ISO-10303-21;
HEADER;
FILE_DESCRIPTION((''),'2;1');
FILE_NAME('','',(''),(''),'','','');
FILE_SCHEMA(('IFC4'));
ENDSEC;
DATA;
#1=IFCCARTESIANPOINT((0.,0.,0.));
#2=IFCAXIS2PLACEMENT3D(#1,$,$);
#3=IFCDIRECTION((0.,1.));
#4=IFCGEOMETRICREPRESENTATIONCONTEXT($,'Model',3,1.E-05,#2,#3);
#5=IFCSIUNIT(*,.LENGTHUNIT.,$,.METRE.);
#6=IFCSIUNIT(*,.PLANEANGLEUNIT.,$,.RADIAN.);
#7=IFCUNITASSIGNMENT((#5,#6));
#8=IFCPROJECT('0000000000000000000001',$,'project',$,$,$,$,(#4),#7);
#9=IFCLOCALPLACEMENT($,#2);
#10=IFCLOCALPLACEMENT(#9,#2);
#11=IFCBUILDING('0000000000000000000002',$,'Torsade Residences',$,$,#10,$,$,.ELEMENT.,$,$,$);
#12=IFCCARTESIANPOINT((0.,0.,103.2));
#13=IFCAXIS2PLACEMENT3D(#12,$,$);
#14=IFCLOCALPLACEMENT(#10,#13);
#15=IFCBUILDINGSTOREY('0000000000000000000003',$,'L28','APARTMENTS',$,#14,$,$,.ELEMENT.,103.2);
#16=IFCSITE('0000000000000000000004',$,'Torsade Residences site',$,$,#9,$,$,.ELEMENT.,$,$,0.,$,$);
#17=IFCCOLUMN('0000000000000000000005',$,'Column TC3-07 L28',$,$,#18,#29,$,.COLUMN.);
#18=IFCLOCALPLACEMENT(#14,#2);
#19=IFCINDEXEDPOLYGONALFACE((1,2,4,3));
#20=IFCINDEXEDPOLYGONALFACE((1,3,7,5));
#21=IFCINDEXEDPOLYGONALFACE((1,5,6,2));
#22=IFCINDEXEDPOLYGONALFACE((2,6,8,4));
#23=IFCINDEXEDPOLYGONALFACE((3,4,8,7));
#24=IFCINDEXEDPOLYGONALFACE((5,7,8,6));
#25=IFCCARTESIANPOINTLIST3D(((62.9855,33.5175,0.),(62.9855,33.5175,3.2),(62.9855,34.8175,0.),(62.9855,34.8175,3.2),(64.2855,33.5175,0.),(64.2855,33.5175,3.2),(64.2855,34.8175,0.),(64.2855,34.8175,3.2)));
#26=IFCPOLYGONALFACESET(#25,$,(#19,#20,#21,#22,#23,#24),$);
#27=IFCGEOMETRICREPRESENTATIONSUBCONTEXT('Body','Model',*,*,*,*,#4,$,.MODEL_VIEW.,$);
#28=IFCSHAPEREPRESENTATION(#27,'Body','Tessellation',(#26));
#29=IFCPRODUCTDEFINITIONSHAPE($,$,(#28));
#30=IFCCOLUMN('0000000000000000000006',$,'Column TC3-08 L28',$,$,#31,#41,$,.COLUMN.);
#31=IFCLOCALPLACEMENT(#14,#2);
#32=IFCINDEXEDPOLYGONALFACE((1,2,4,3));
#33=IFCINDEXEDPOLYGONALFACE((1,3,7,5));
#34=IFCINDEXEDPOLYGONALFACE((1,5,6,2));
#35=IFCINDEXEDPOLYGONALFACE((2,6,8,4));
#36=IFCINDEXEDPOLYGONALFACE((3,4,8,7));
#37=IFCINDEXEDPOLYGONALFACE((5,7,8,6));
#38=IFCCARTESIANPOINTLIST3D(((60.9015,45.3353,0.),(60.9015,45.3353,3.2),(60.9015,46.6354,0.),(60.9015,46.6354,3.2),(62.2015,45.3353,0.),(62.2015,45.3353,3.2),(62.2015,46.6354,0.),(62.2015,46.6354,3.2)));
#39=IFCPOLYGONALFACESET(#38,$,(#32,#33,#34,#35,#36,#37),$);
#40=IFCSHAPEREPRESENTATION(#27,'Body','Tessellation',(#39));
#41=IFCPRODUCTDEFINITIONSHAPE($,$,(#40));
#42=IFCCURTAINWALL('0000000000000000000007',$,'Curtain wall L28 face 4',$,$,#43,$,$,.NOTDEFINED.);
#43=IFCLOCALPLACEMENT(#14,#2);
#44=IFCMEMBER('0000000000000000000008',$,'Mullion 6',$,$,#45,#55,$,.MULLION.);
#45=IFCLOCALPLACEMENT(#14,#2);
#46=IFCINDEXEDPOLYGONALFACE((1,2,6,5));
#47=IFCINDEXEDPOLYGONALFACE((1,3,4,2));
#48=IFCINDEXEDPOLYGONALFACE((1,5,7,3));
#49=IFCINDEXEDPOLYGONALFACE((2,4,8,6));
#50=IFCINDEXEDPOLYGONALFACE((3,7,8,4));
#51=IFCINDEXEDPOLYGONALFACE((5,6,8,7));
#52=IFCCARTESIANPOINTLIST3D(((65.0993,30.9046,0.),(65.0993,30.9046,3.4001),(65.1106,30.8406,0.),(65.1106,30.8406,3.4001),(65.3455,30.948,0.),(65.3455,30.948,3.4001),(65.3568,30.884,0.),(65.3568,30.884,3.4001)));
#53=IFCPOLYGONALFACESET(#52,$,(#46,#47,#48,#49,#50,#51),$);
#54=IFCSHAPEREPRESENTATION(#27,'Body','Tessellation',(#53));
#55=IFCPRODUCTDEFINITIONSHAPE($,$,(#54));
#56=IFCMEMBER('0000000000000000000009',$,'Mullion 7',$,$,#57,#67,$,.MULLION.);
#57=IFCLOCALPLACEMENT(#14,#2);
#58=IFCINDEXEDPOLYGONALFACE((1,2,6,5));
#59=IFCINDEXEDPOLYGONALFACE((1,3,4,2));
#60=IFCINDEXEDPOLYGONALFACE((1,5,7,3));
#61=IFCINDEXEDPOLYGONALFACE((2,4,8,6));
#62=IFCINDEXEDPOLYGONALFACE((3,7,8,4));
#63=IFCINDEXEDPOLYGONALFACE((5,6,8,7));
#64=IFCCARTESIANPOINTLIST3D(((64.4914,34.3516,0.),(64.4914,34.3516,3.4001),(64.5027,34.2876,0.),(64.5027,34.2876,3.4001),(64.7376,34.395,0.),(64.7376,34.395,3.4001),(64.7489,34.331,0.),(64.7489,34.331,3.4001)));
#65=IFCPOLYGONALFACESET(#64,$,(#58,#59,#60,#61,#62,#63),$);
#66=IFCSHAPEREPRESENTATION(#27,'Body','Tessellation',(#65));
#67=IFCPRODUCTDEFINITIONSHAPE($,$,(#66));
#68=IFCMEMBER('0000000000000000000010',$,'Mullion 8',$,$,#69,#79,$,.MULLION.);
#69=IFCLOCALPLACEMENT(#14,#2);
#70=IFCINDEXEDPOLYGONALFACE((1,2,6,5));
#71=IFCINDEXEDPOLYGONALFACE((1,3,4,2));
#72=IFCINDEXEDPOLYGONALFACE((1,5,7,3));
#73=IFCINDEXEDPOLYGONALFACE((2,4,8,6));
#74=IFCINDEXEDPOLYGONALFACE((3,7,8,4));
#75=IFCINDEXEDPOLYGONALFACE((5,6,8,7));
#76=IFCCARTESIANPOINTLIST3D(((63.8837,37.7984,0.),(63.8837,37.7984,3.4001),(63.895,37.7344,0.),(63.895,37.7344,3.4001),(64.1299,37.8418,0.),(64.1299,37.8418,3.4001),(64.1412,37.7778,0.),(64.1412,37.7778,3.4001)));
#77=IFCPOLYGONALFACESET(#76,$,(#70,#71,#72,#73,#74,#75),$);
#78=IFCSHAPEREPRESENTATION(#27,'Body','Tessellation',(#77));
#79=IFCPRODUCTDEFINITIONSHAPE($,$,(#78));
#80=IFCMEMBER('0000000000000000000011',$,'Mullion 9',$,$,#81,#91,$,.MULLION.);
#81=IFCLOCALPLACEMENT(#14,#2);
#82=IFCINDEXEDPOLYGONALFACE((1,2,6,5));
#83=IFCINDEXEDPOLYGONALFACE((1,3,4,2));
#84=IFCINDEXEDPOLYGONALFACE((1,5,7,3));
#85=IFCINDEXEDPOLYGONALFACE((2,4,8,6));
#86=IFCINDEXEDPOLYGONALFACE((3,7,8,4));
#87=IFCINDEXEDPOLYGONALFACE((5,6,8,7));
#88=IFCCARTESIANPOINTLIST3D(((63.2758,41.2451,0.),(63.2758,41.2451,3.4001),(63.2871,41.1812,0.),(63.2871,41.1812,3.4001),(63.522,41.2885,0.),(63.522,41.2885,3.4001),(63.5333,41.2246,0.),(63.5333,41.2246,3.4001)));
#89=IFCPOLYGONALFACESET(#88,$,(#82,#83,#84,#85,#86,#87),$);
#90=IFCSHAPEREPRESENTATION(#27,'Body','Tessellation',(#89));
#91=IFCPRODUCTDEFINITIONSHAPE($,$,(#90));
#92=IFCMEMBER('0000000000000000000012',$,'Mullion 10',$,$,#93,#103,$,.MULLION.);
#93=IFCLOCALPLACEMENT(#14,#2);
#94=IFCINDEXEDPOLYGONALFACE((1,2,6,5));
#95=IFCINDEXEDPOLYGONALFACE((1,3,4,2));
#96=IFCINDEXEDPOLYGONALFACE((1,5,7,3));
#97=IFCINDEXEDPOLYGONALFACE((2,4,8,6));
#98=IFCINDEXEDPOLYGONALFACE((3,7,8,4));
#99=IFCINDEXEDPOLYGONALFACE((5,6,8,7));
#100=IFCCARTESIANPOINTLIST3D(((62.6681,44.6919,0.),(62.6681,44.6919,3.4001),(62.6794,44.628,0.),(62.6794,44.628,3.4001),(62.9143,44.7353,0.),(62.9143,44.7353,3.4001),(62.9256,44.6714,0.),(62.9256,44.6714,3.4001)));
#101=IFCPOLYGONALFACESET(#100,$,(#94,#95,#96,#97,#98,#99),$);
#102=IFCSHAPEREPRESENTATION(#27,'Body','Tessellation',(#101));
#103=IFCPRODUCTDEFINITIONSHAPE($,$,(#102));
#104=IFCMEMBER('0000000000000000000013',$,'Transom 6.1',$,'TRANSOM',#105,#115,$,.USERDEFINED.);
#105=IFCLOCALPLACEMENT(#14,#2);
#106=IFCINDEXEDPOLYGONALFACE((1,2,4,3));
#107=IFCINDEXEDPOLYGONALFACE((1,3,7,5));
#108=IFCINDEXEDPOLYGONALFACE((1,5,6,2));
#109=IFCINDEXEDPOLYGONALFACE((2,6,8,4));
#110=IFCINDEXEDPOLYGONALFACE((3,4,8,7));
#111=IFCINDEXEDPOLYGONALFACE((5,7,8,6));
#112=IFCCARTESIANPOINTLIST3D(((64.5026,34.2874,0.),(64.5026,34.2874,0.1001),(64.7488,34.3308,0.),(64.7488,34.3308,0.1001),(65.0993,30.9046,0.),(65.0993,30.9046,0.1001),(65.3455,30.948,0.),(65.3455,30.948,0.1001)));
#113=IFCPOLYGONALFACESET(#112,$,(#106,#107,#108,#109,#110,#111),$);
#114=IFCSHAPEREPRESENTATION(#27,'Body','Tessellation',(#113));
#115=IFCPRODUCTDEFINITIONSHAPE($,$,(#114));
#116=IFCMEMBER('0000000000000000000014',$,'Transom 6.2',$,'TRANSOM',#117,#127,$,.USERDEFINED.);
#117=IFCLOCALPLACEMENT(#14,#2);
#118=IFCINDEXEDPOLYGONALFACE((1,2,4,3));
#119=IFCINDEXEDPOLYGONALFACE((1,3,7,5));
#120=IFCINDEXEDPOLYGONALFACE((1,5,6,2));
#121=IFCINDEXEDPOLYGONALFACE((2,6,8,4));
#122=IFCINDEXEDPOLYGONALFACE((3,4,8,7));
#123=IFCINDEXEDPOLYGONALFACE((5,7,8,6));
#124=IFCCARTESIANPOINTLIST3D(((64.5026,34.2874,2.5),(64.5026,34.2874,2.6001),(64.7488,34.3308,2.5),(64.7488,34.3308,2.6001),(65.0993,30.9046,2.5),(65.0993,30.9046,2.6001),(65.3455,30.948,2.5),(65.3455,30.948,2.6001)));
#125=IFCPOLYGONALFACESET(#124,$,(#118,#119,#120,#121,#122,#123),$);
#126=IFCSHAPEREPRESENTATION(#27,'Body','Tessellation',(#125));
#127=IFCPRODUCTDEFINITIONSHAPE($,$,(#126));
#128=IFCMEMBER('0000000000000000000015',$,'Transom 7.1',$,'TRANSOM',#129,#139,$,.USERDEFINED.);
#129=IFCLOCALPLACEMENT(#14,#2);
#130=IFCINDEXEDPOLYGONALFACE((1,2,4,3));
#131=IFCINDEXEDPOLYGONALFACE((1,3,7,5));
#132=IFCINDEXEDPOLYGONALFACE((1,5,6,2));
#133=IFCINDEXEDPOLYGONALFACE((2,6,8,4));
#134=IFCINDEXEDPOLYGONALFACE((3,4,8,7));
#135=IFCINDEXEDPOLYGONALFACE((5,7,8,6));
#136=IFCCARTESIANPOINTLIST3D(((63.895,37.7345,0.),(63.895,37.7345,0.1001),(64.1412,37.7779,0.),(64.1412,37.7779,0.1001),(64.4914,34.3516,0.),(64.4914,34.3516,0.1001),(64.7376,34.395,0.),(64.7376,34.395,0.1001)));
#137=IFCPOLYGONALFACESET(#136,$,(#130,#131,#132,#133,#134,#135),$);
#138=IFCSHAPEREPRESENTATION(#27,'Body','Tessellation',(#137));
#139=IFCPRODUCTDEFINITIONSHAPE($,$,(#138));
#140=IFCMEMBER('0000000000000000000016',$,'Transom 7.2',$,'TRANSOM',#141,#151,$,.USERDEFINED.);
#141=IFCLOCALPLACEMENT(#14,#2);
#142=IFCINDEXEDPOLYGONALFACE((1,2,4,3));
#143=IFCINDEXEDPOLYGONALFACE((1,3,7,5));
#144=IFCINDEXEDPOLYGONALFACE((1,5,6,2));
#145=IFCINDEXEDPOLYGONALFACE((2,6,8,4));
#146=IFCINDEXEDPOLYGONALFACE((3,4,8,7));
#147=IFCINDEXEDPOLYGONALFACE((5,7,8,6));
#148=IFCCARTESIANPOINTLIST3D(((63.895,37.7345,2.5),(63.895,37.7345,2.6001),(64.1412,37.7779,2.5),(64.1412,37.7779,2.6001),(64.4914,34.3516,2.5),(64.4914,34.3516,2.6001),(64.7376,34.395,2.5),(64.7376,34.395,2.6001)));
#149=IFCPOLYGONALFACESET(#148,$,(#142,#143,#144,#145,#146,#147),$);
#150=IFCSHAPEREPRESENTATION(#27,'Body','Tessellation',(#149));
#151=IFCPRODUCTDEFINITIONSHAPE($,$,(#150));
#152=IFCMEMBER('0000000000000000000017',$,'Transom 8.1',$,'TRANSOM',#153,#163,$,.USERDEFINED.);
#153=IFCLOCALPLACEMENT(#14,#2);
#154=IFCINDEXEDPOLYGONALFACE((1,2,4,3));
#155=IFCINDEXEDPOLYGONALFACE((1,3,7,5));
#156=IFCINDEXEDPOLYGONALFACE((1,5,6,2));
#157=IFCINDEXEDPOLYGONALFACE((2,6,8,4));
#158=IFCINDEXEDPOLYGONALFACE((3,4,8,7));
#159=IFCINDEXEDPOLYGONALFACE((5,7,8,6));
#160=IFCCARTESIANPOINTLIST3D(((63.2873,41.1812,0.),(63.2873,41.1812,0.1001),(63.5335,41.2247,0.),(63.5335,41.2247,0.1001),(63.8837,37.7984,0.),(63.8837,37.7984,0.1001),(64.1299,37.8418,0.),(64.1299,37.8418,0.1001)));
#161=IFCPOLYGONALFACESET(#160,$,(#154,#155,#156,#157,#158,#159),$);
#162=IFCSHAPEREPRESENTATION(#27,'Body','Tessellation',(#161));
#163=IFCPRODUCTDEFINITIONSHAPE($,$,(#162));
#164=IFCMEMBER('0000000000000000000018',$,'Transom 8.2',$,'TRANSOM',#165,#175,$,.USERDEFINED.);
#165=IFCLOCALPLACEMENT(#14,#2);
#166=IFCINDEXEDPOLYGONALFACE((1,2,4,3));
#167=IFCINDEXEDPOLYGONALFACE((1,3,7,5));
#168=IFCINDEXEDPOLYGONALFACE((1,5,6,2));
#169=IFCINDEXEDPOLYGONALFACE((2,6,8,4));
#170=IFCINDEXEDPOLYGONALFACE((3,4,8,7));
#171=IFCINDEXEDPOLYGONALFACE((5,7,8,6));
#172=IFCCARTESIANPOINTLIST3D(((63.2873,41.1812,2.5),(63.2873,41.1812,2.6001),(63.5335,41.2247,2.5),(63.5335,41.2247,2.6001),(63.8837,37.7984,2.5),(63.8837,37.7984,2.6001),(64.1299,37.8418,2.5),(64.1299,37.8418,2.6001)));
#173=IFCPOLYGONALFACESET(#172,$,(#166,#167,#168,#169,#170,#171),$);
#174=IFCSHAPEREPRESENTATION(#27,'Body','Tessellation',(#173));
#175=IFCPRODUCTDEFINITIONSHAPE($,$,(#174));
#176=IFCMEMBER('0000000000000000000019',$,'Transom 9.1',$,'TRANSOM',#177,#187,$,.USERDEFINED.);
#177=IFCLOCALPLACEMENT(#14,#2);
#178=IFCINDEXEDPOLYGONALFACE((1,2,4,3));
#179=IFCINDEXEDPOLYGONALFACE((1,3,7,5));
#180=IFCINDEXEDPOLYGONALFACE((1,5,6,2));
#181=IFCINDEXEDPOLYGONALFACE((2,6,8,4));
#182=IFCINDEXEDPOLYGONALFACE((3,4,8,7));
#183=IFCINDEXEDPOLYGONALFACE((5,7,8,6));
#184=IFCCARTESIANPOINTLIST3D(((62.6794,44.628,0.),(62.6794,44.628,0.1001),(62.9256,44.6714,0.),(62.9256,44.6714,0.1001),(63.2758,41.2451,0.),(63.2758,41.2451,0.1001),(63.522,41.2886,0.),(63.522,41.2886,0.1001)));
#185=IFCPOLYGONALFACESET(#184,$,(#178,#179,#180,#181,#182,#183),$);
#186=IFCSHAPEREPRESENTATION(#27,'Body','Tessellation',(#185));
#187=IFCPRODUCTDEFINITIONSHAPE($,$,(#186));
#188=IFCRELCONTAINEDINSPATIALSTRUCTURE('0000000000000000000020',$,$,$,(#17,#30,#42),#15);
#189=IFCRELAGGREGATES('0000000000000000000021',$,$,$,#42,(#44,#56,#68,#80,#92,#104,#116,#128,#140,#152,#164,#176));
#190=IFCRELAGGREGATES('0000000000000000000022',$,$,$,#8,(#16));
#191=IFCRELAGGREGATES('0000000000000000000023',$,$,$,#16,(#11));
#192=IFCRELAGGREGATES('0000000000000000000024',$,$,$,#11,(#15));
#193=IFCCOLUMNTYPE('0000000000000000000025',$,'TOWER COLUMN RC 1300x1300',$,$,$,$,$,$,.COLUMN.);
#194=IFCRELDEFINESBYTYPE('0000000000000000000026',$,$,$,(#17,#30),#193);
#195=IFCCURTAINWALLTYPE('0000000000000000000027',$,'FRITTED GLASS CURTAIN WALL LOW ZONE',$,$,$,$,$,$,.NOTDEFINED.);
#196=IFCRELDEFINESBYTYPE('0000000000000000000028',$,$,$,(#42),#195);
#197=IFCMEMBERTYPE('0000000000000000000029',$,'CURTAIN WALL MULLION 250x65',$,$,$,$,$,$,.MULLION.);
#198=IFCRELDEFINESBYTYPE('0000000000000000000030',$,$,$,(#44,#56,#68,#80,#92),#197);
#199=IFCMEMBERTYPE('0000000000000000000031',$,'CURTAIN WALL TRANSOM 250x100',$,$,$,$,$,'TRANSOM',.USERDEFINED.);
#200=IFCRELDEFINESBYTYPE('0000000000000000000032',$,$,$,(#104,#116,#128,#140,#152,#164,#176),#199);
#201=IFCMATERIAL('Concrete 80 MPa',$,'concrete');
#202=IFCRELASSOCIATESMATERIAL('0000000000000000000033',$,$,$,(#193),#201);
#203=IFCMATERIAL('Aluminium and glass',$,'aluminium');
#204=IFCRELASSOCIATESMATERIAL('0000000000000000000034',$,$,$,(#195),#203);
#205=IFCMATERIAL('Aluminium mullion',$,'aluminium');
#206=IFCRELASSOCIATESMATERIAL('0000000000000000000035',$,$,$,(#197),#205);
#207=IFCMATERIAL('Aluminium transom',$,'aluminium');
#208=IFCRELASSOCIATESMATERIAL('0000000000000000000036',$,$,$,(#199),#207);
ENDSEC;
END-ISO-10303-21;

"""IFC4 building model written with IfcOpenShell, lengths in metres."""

from ifc_helpers import new_model, si_unit, direction, frame, origin, origin_2d, place, context, subcontext, project, spatial, rectangle, extrude, material, material_profile, profile_set, type_object, element, aggregate, save


model = new_model("IFC4")

# Units and contexts
model_context = context("Model", 3, precision=1e-05, world=origin(), true_north=direction((0.0, 1.0)))
body_context = subcontext(model_context, "Body", "Model", "MODEL_VIEW")
ifc_project = project(units=[si_unit("LENGTHUNIT", "METRE"), si_unit("PLANEANGLEUNIT", "RADIAN")], contexts=[model_context])

# Site, building, storey
site_placement = place(None, origin())
site = spatial("IfcSite", under=ifc_project, at=site_placement, Name="Torsade Residences site", CompositionType="ELEMENT", RefElevation=0.0)
building_placement = place(site_placement, origin())
building = spatial("IfcBuilding", under=site, at=building_placement, Name="Torsade Residences", CompositionType="ELEMENT")
storey_placement = place(building_placement, frame((0.0, 0.0, 103.2)))
storey = spatial("IfcBuildingStorey", under=building, at=storey_placement, Name="L28", Description="APARTMENTS", CompositionType="ELEMENT", Elevation=103.2)

# Columns
ifc_material_1 = material(Name="Concrete 80 MPa", Category="concrete")
ifc_material_profile_1 = material_profile(ifc_material_1, rectangle(XDim=1.3, YDim=1.3, at=origin_2d()), Name="RC 1300x1300")
ifc_profile_set_1 = profile_set([ifc_material_profile_1], Name="Concrete 80 MPa")
column_type = type_object("IfcColumnType", Name="TOWER COLUMN RC 1300x1300", PredefinedType="COLUMN", material=ifc_profile_set_1)
for number, where, z_axis, x_axis, name in (
    (1, (63.6355, 34.1675, 0.0), (0.0, 0.0, 1.0), (1.0, 0.0, 0.0), "Column TC3-07 L28"),
    (2, (61.5515, 45.9854, 0.0), (0.0, 0.0, 1.0), (1.0, 0.0, 0.0), "Column TC3-08 L28"),
):
    element("IfcColumn", number, at=place(storey_placement, frame(where, z_axis=z_axis, x_axis=x_axis)), inside=storey, type_object=column_type, Name=name, PredefinedType="COLUMN", context=body_context, shape_type="SweptSolid", body=[
        extrude(rectangle(XDim=1.3, YDim=1.3, at=origin_2d()), origin(), (0.0, 0.0, 1.0), 3.2),
    ])

# Curtain wall, members
ifc_material_2 = material(Name="Aluminium and glass", Category="aluminium")
curtain_wall_type = type_object("IfcCurtainWallType", Name="FRITTED GLASS CURTAIN WALL LOW ZONE", PredefinedType="NOTDEFINED", material=ifc_material_2)
curtain_wall_placement = place(storey_placement, origin())
curtain_wall = element("IfcCurtainWall", 3, at=curtain_wall_placement, inside=storey, type_object=curtain_wall_type, Name="Curtain wall L28 face 4", PredefinedType="NOTDEFINED")
ifc_material_3 = material(Name="Aluminium mullion", Category="aluminium")
ifc_material_profile_2 = material_profile(ifc_material_3, rectangle(XDim=0.25, YDim=0.0649, at=origin_2d()), Name="CURTAIN WALL MULLION 250x65")
ifc_profile_set_2 = profile_set([ifc_material_profile_2], Name="Aluminium mullion")
member_type_1 = type_object("IfcMemberType", Name="CURTAIN WALL MULLION 250x65", PredefinedType="MULLION", material=ifc_profile_set_2)
member_1_placement = place(storey_placement, frame((65.228, 30.8943, 0.0), z_axis=(0.0, 0.0, 1.0), x_axis=(-0.984808, -0.173648, 0.0)))
member_1 = element("IfcMember", 4, at=member_1_placement, type_object=member_type_1, Name="Mullion 6", PredefinedType="MULLION", context=body_context, shape_type="SweptSolid", body=[
    extrude(rectangle(XDim=0.25, YDim=0.0649, at=origin_2d()), origin(), (0.0, 0.0, 1.0), 3.4001),
])
member_2_placement = place(storey_placement, frame((64.6201, 34.3413, 0.0), z_axis=(0.0, 0.0, 1.0), x_axis=(-0.984808, -0.173648, 0.0)))
member_2 = element("IfcMember", 5, at=member_2_placement, type_object=member_type_1, Name="Mullion 7", PredefinedType="MULLION", context=body_context, shape_type="SweptSolid", body=[
    extrude(rectangle(XDim=0.25, YDim=0.0649, at=origin_2d()), origin(), (0.0, 0.0, 1.0), 3.4001),
])
member_3_placement = place(storey_placement, frame((64.0125, 37.7881, 0.0), z_axis=(0.0, 0.0, 1.0), x_axis=(-0.984808, -0.173648, 0.0)))
member_3 = element("IfcMember", 6, at=member_3_placement, type_object=member_type_1, Name="Mullion 8", PredefinedType="MULLION", context=body_context, shape_type="SweptSolid", body=[
    extrude(rectangle(XDim=0.25, YDim=0.0649, at=origin_2d()), origin(), (0.0, 0.0, 1.0), 3.4001),
])
member_4_placement = place(storey_placement, frame((63.4045, 41.2349, 0.0), z_axis=(0.0, 0.0, 1.0), x_axis=(-0.984808, -0.173648, 0.0)))
member_4 = element("IfcMember", 7, at=member_4_placement, type_object=member_type_1, Name="Mullion 9", PredefinedType="MULLION", context=body_context, shape_type="SweptSolid", body=[
    extrude(rectangle(XDim=0.25, YDim=0.0649, at=origin_2d()), origin(), (0.0, 0.0, 1.0), 3.4001),
])
member_5_placement = place(storey_placement, frame((62.7969, 44.6816, 0.0), z_axis=(0.0, 0.0, 1.0), x_axis=(-0.984808, -0.173648, 0.0)))
member_5 = element("IfcMember", 8, at=member_5_placement, type_object=member_type_1, Name="Mullion 10", PredefinedType="MULLION", context=body_context, shape_type="SweptSolid", body=[
    extrude(rectangle(XDim=0.25, YDim=0.0649, at=origin_2d()), origin(), (0.0, 0.0, 1.0), 3.4001),
])
ifc_material_4 = material(Name="Aluminium transom", Category="aluminium")
ifc_material_profile_3 = material_profile(ifc_material_4, rectangle(XDim=0.25, YDim=0.1001, at=origin_2d()), Name="CURTAIN WALL TRANSOM 250x100")
ifc_profile_set_3 = profile_set([ifc_material_profile_3], Name="Aluminium transom")
member_type_2 = type_object("IfcMemberType", Name="CURTAIN WALL TRANSOM 250x100", ElementType="TRANSOM", PredefinedType="USERDEFINED", material=ifc_profile_set_3)
member_6_placement = place(storey_placement, frame((65.2224, 30.9263, 0.05), z_axis=(-0.173704, 0.984798, 0.0), x_axis=(-0.984798, -0.173704, 0.0)))
member_6 = element("IfcMember", 9, at=member_6_placement, type_object=member_type_2, Name="Transom 6.1", ObjectType="TRANSOM", PredefinedType="USERDEFINED", context=body_context, shape_type="SweptSolid", body=[
    extrude(rectangle(XDim=0.25, YDim=0.1001, at=origin_2d()), origin(), (0.0, 0.0, 1.0), 3.4351),
])
member_7_placement = place(storey_placement, frame((65.2224, 30.9263, 2.55), z_axis=(-0.173704, 0.984798, 0.0), x_axis=(-0.984798, -0.173704, 0.0)))
member_7 = element("IfcMember", 10, at=member_7_placement, type_object=member_type_2, Name="Transom 6.2", ObjectType="TRANSOM", PredefinedType="USERDEFINED", context=body_context, shape_type="SweptSolid", body=[
    extrude(rectangle(XDim=0.25, YDim=0.1001, at=origin_2d()), origin(), (0.0, 0.0, 1.0), 3.4351),
])
member_8_placement = place(storey_placement, frame((64.6145, 34.3733, 0.05), z_axis=(-0.173635, 0.98481, 0.0), x_axis=(-0.98481, -0.173635, 0.0)))
member_8 = element("IfcMember", 11, at=member_8_placement, type_object=member_type_2, Name="Transom 7.1", ObjectType="TRANSOM", PredefinedType="USERDEFINED", context=body_context, shape_type="SweptSolid", body=[
    extrude(rectangle(XDim=0.25, YDim=0.1001, at=origin_2d()), origin(), (0.0, 0.0, 1.0), 3.4351),
])
member_9_placement = place(storey_placement, frame((64.6145, 34.3733, 2.55), z_axis=(-0.173635, 0.98481, 0.0), x_axis=(-0.98481, -0.173635, 0.0)))
member_9 = element("IfcMember", 12, at=member_9_placement, type_object=member_type_2, Name="Transom 7.2", ObjectType="TRANSOM", PredefinedType="USERDEFINED", context=body_context, shape_type="SweptSolid", body=[
    extrude(rectangle(XDim=0.25, YDim=0.1001, at=origin_2d()), origin(), (0.0, 0.0, 1.0), 3.4351),
])
member_10_placement = place(storey_placement, frame((64.0068, 37.8201, 0.05), z_axis=(-0.173635, 0.98481, 0.0), x_axis=(-0.98481, -0.173635, 0.0)))
member_10 = element("IfcMember", 13, at=member_10_placement, type_object=member_type_2, Name="Transom 8.1", ObjectType="TRANSOM", PredefinedType="USERDEFINED", context=body_context, shape_type="SweptSolid", body=[
    extrude(rectangle(XDim=0.25, YDim=0.1001, at=origin_2d()), origin(), (0.0, 0.0, 1.0), 3.4351),
])
member_11_placement = place(storey_placement, frame((64.0068, 37.8201, 2.55), z_axis=(-0.173635, 0.98481, 0.0), x_axis=(-0.98481, -0.173635, 0.0)))
member_11 = element("IfcMember", 14, at=member_11_placement, type_object=member_type_2, Name="Transom 8.2", ObjectType="TRANSOM", PredefinedType="USERDEFINED", context=body_context, shape_type="SweptSolid", body=[
    extrude(rectangle(XDim=0.25, YDim=0.1001, at=origin_2d()), origin(), (0.0, 0.0, 1.0), 3.4351),
])
member_12_placement = place(storey_placement, frame((63.3989, 41.2668, 0.05), z_axis=(-0.173635, 0.98481, 0.0), x_axis=(-0.98481, -0.173635, 0.0)))
member_12 = element("IfcMember", 15, at=member_12_placement, type_object=member_type_2, Name="Transom 9.1", ObjectType="TRANSOM", PredefinedType="USERDEFINED", context=body_context, shape_type="SweptSolid", body=[
    extrude(rectangle(XDim=0.25, YDim=0.1001, at=origin_2d()), origin(), (0.0, 0.0, 1.0), 3.4351),
])

aggregate(curtain_wall, [member_1, member_2, member_3, member_4, member_5, member_6, member_7, member_8, member_9, member_10, member_11, member_12])

save(model, "model.ifc")
